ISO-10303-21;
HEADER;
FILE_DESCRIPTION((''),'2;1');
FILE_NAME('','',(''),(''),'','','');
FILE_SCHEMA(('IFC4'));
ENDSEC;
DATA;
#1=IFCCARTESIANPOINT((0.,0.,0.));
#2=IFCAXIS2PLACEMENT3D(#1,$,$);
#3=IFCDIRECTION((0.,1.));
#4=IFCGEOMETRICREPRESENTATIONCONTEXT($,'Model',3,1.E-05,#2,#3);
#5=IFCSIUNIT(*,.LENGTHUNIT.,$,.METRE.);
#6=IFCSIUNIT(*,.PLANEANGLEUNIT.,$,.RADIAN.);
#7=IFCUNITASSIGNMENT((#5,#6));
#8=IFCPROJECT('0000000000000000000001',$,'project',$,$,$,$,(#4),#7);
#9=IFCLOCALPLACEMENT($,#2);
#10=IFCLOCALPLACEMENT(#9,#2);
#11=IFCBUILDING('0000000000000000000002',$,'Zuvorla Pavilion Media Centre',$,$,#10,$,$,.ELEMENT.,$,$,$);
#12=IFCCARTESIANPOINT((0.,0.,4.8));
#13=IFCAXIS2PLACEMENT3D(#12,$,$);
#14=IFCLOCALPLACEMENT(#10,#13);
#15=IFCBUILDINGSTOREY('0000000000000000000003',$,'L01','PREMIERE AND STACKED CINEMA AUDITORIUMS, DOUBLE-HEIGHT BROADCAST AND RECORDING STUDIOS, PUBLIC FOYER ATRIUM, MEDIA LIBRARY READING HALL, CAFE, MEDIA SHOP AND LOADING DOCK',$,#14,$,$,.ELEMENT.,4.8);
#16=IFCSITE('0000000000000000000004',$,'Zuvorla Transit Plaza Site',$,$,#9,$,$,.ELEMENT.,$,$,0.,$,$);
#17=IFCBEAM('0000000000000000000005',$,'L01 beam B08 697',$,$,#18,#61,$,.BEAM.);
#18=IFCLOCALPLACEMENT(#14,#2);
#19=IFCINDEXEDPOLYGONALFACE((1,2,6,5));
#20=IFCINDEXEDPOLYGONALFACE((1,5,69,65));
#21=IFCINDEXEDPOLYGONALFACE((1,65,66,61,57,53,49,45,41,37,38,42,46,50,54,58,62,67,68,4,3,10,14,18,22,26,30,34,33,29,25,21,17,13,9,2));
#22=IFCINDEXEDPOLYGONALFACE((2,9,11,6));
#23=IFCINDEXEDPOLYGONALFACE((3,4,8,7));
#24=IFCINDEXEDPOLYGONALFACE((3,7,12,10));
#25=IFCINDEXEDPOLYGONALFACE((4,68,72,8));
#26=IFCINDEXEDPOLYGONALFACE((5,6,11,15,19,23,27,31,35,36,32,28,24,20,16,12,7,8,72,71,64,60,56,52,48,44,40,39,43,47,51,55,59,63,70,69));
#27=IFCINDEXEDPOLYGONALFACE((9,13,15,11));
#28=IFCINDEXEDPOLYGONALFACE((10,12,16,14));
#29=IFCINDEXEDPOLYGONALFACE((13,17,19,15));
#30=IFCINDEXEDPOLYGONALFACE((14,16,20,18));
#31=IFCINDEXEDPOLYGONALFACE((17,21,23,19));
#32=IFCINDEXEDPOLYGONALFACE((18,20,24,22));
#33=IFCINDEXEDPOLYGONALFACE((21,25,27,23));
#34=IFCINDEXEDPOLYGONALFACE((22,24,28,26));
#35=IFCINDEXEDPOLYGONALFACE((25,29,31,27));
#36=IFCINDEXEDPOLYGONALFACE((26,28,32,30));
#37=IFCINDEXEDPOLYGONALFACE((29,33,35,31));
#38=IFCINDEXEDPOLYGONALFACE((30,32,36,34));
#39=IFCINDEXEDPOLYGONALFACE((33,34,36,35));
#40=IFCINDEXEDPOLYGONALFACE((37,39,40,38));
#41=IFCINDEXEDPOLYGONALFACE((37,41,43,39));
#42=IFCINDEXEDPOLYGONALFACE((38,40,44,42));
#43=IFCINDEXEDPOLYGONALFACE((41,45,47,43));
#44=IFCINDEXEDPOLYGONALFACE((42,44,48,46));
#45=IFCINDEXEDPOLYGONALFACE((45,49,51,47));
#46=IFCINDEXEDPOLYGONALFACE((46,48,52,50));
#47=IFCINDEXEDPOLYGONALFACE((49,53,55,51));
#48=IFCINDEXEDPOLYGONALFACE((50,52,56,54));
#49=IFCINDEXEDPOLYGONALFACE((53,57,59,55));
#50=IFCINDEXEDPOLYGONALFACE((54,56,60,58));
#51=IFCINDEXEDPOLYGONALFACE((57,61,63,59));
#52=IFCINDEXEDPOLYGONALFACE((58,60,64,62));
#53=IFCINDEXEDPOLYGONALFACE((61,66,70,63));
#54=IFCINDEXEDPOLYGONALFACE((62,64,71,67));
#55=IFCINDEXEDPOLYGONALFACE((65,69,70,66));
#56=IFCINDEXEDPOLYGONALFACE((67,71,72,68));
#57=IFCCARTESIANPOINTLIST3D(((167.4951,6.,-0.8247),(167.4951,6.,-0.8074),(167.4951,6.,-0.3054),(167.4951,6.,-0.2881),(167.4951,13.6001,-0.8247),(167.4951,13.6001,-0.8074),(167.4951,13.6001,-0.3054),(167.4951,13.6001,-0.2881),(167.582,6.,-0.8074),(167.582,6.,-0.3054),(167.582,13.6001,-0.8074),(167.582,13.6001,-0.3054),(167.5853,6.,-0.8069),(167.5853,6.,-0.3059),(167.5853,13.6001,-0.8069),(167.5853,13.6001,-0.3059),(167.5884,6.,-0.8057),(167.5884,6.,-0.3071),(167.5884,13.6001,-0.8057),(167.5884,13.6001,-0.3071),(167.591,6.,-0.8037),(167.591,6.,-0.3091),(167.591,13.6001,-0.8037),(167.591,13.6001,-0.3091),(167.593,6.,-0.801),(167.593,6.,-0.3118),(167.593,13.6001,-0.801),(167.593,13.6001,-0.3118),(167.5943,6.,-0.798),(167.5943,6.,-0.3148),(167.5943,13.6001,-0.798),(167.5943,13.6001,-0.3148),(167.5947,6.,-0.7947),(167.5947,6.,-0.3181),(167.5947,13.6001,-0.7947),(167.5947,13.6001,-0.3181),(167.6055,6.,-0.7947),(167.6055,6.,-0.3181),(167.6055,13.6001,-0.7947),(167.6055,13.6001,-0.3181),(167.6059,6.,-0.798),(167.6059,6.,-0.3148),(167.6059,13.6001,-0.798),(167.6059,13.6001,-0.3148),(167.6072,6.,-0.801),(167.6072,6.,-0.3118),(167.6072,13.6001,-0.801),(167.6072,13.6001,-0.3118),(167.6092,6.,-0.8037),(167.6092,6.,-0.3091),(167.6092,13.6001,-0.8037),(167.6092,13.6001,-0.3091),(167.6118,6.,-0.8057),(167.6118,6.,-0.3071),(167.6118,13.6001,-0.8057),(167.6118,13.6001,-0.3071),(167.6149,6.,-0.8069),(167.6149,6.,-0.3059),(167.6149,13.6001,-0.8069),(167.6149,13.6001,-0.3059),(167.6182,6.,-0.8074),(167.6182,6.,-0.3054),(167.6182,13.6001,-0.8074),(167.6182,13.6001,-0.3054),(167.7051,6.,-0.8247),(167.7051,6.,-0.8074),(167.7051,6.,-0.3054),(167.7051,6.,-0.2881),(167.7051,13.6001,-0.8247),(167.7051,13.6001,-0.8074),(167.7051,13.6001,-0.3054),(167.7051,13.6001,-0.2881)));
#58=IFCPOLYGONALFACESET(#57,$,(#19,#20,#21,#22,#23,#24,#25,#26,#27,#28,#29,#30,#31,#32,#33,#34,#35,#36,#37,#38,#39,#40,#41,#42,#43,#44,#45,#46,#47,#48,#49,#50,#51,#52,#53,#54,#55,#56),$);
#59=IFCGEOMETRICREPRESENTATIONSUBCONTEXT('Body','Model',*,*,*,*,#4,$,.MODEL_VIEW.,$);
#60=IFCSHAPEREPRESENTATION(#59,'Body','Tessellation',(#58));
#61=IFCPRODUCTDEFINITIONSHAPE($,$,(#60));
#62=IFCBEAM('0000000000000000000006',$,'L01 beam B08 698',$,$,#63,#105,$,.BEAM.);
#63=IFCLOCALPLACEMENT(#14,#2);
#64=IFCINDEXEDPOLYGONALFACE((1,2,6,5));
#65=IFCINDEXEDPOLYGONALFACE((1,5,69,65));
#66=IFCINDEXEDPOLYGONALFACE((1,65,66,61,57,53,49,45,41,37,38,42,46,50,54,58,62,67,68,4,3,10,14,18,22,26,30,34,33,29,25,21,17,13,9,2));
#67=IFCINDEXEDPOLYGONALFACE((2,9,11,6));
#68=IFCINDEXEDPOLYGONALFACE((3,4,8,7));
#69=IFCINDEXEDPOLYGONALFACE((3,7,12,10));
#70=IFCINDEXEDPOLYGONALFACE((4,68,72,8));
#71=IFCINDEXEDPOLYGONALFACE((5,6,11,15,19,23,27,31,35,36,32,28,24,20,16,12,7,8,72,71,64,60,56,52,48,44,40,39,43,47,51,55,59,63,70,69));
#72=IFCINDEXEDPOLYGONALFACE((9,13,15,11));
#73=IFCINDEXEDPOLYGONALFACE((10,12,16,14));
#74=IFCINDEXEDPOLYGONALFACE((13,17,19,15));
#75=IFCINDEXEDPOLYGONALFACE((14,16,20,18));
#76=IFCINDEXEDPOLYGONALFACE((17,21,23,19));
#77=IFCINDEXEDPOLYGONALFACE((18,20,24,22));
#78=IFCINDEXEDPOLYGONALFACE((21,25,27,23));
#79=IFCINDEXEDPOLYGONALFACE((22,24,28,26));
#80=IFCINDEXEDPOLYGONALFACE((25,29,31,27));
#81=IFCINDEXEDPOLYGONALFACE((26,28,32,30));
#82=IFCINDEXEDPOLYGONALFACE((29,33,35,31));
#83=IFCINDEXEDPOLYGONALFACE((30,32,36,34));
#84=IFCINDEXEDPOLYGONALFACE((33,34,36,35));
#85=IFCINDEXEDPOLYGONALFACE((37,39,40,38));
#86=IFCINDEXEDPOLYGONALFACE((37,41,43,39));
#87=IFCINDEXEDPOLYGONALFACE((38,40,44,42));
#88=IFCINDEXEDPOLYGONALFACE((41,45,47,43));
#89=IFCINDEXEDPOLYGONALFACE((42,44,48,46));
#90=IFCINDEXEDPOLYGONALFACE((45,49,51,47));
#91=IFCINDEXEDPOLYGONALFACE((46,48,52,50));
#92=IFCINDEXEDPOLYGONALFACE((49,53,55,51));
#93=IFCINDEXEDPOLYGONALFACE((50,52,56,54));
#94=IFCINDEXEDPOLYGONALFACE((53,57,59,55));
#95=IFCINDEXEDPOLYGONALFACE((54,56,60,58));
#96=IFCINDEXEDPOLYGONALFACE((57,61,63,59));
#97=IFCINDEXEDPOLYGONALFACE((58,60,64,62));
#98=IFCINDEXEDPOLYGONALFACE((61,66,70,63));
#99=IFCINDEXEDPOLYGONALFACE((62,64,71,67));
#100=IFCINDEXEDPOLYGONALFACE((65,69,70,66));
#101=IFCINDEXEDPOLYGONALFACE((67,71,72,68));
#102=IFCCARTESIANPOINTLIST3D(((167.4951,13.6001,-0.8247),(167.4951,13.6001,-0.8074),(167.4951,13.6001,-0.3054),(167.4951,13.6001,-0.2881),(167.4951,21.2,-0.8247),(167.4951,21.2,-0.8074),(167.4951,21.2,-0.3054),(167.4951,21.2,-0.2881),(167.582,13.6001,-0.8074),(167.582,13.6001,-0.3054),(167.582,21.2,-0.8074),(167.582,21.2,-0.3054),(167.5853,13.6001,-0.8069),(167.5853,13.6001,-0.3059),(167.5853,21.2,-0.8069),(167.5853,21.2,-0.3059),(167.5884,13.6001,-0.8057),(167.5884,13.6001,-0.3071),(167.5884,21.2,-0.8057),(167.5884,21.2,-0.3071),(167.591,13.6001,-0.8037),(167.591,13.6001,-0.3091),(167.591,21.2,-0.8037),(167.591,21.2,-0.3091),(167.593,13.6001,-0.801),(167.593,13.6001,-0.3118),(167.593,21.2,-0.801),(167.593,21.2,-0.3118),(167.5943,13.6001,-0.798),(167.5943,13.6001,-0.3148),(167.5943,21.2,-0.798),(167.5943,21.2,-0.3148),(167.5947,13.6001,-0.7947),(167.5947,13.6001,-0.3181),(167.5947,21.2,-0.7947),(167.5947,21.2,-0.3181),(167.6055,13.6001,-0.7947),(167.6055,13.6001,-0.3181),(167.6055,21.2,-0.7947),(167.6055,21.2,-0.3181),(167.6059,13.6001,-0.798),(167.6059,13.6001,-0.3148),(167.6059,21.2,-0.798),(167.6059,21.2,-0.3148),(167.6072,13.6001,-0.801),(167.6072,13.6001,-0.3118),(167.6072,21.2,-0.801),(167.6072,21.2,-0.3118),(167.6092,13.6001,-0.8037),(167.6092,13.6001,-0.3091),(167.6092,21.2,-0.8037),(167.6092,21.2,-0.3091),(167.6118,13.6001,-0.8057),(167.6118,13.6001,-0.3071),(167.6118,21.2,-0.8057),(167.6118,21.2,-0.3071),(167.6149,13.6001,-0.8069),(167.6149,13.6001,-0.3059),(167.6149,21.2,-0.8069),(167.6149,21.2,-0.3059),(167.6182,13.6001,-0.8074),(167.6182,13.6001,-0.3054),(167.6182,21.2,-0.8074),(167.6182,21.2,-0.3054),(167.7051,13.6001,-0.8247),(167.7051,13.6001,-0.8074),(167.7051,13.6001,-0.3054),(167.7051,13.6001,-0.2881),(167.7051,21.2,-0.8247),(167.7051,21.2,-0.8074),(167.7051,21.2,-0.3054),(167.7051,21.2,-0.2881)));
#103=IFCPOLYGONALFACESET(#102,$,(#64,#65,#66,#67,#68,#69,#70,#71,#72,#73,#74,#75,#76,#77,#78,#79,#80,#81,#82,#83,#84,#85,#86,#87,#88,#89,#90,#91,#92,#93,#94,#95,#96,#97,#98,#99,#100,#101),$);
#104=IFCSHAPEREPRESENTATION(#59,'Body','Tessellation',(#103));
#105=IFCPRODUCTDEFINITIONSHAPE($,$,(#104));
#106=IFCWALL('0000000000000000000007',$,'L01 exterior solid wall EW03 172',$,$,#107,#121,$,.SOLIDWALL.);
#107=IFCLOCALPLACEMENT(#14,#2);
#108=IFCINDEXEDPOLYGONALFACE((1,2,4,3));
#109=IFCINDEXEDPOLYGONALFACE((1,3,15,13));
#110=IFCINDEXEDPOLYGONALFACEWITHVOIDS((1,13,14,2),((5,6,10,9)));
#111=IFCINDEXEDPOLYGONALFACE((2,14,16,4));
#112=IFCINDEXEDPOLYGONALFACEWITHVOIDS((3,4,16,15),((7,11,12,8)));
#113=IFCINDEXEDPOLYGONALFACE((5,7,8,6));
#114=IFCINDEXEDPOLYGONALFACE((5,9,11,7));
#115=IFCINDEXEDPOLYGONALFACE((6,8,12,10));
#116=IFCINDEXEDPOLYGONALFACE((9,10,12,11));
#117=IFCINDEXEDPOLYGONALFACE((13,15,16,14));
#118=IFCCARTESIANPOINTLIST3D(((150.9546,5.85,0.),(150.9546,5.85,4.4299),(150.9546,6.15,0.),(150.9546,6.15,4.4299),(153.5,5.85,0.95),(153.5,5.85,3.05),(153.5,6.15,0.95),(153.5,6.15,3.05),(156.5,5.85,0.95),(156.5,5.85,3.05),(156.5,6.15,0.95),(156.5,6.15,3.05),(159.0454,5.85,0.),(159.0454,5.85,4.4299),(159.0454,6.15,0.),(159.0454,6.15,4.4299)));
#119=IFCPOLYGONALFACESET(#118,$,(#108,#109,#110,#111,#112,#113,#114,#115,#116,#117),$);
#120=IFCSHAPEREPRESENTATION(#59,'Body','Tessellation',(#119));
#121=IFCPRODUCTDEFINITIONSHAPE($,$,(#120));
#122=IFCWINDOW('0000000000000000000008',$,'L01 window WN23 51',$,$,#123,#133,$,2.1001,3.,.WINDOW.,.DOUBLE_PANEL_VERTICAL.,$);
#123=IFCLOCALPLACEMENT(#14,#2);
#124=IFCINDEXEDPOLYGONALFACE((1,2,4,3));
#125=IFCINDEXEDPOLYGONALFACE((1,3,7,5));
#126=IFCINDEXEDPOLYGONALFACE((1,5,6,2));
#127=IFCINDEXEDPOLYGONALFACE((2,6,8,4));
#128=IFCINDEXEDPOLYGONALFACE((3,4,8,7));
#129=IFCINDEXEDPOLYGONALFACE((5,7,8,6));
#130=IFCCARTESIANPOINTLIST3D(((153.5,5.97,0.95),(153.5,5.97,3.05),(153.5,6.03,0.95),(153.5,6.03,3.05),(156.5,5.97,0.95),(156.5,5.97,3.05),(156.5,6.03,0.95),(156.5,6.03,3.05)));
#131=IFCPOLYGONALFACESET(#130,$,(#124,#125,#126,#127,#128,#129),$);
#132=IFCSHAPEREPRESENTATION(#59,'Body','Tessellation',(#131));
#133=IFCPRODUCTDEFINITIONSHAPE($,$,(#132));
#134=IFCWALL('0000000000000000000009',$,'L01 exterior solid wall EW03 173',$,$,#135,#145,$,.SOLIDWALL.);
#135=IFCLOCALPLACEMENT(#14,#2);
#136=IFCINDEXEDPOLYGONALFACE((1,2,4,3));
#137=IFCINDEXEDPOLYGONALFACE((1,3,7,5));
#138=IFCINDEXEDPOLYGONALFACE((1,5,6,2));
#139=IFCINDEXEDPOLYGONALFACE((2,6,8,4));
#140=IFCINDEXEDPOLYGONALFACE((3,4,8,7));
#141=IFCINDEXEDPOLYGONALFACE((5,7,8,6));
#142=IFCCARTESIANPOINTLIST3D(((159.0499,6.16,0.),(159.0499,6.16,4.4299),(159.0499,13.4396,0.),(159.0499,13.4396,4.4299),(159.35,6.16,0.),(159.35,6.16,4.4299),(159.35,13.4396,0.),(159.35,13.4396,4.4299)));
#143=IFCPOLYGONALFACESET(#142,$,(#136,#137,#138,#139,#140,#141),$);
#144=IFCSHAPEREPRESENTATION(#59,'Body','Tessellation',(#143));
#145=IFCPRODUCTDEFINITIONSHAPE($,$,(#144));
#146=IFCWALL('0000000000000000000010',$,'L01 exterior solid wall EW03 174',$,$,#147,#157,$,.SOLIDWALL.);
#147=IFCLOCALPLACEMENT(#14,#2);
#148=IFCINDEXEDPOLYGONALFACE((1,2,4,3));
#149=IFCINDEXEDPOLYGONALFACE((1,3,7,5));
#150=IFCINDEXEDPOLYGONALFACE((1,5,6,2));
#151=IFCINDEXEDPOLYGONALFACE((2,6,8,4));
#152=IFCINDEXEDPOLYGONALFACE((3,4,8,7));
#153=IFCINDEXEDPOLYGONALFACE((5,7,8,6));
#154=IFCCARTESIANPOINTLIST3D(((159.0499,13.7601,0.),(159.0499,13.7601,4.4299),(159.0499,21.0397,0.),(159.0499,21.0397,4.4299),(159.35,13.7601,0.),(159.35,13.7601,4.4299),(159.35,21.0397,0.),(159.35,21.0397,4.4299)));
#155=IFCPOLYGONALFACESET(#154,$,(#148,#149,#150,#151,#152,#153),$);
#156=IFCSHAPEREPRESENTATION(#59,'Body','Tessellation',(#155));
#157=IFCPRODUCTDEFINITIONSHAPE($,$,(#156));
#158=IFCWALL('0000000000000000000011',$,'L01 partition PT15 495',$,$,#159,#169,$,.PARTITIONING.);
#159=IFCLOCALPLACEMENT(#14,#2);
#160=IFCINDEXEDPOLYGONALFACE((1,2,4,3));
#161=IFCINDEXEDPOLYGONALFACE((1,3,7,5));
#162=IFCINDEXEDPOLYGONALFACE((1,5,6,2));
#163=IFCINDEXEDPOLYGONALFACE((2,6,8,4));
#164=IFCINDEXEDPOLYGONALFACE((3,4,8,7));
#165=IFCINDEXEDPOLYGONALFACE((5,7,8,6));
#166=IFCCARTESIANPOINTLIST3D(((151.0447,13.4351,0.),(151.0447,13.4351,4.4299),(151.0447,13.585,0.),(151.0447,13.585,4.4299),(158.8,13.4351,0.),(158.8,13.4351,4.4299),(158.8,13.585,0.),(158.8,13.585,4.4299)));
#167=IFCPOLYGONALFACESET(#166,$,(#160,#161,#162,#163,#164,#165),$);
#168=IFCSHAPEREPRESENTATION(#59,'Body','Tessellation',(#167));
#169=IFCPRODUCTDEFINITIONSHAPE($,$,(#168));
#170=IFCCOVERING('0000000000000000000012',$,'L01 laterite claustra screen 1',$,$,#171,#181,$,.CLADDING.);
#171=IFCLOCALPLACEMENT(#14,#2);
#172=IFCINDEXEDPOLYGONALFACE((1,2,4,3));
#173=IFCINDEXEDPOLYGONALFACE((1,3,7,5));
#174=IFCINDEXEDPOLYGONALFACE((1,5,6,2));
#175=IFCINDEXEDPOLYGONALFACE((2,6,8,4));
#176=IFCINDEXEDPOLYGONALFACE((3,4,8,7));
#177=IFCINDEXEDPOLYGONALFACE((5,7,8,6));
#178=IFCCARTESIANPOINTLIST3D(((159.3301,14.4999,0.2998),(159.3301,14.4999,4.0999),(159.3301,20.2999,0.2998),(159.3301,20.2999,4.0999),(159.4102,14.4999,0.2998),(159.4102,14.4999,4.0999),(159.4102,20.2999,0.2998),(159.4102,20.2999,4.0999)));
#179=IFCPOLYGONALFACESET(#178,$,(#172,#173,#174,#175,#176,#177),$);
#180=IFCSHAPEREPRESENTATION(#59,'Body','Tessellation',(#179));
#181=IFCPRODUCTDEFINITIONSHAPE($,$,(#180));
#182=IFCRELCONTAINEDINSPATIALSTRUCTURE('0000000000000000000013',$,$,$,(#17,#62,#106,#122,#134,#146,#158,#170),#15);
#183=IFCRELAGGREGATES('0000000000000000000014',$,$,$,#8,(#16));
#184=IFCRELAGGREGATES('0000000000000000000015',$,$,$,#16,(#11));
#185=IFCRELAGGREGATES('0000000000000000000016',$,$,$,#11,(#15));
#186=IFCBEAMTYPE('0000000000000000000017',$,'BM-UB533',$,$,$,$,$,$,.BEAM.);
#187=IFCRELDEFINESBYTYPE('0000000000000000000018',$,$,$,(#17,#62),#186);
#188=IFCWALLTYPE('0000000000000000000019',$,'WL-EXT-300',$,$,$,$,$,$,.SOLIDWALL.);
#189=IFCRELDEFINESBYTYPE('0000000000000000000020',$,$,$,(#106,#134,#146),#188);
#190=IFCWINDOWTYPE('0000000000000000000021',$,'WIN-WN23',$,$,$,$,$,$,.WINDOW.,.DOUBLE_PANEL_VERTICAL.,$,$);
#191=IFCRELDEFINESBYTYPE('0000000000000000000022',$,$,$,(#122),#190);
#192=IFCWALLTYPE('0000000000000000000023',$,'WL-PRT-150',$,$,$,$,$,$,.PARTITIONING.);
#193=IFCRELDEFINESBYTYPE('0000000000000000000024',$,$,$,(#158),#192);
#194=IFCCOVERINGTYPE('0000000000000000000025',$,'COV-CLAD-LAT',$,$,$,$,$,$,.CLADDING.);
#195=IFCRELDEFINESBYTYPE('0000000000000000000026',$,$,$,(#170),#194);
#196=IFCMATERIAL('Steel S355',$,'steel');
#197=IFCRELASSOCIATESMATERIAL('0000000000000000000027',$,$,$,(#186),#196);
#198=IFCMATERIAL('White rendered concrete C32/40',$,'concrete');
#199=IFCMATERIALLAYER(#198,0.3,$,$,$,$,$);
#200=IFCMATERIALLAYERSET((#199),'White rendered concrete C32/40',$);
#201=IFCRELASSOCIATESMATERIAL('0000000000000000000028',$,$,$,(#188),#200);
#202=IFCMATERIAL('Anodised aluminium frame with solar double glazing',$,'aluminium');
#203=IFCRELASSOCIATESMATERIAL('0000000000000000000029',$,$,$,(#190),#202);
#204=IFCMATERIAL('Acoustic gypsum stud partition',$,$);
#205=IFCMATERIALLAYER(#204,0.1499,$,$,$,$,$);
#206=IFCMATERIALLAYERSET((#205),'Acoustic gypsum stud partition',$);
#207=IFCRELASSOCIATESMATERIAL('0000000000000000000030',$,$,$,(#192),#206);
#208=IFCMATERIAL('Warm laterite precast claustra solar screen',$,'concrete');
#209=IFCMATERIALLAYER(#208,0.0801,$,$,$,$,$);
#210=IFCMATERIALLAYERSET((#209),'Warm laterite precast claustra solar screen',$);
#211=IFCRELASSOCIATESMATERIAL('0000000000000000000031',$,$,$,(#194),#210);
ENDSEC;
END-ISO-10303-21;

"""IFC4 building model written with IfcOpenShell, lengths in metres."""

from ifc_helpers import new_model, si_unit, direction, frame, frame_2d, origin, origin_2d, place, context, subcontext, project, spatial, rectangle, i_section, extrude, material, layer, layer_set, material_profile, profile_set, type_object, element, fill, save


model = new_model("IFC4")

# Units and contexts
model_context = context("Model", 3, precision=1e-05, world=origin(), true_north=direction((0.0, 1.0)))
body_context = subcontext(model_context, "Body", "Model", "MODEL_VIEW")
ifc_project = project(units=[si_unit("LENGTHUNIT", "METRE"), si_unit("PLANEANGLEUNIT", "RADIAN")], contexts=[model_context])

# Site, building, storey
site_placement = place(None, origin())
site = spatial("IfcSite", under=ifc_project, at=site_placement, Name="Zuvorla Transit Plaza Site", CompositionType="ELEMENT", RefElevation=0.0)
building_placement = place(site_placement, origin())
building = spatial("IfcBuilding", under=site, at=building_placement, Name="Zuvorla Pavilion Media Centre", CompositionType="ELEMENT")
storey_placement = place(building_placement, frame((0.0, 0.0, 4.8)))
storey = spatial("IfcBuildingStorey", under=building, at=storey_placement, Name="L01", Description="PREMIERE AND STACKED CINEMA AUDITORIUMS, DOUBLE-HEIGHT BROADCAST AND RECORDING STUDIOS, PUBLIC FOYER ATRIUM, MEDIA LIBRARY READING HALL, CAFE, MEDIA SHOP AND LOADING DOCK", CompositionType="ELEMENT", Elevation=4.8)

# Shared definitions
ifc_material_1 = material(Name="Steel S355", Category="steel")

# Beams
ifc_material_profile_1 = material_profile(ifc_material_1, i_section(OverallWidth=0.21, OverallDepth=0.5366, WebThickness=0.0107, FlangeThickness=0.0173, FilletRadius=0.0127, at=origin_2d()), Name="UB 533x210x101")
ifc_profile_set_1 = profile_set([ifc_material_profile_1], Name="Steel S355")
beam_type_1 = type_object("IfcBeamType", Name="BM-UB533", PredefinedType="BEAM", material=ifc_profile_set_1)
beam_1_placement = place(storey_placement, frame((167.6001, 6.0, -0.5564), z_axis=(0.0, 1.0, 0.0), x_axis=(-1.0, 0.0, 0.0)))
element("IfcBeam", 1, at=beam_1_placement, inside=storey, type_object=beam_type_1, Name="L01 beam B08 697", PredefinedType="BEAM", context=body_context, shape_type="SweptSolid", body=[
    extrude(i_section(OverallWidth=0.21, OverallDepth=0.5366, WebThickness=0.0107, FlangeThickness=0.0173, FilletRadius=0.0127, at=origin_2d()), origin(), (0.0, 0.0, 1.0), 7.6001),
])
beam_2_placement = place(storey_placement, frame((167.6001, 13.6001, -0.5564), z_axis=(0.0, 1.0, 0.0), x_axis=(-1.0, 0.0, 0.0)))
element("IfcBeam", 2, at=beam_2_placement, inside=storey, type_object=beam_type_1, Name="L01 beam B08 698", PredefinedType="BEAM", context=body_context, shape_type="SweptSolid", body=[
    extrude(i_section(OverallWidth=0.21, OverallDepth=0.5366, WebThickness=0.0107, FlangeThickness=0.0173, FilletRadius=0.0127, at=origin_2d()), origin(), (0.0, 0.0, 1.0), 7.5999),
])

# Wall, opening, window
ifc_material_2 = material(Name="White rendered concrete C32/40", Category="concrete")
ifc_layer_1 = layer(ifc_material_2, 0.3)
ifc_layer_set_1 = layer_set([ifc_layer_1], Name="White rendered concrete C32/40")
wall_type_1 = type_object("IfcWallType", Name="WL-EXT-300", PredefinedType="SOLIDWALL", material=ifc_layer_set_1)
wall_1_placement = place(storey_placement, frame((150.9546, 6.0, 0.0), z_axis=(0.0, 0.0, 1.0), x_axis=(1.0, 0.0, 0.0)))
wall_1 = element("IfcWall", 3, at=wall_1_placement, inside=storey, type_object=wall_type_1, Name="L01 exterior solid wall EW03 172", PredefinedType="SOLIDWALL", context=body_context, shape_type="SweptSolid", body=[
    extrude(rectangle(XDim=8.0908, YDim=0.3, at=frame_2d((4.0454, 0.0))), origin(), (0.0, 0.0, 1.0), 4.4299),
])
opening_placement = place(wall_1_placement, frame((2.5454, 0.0, 0.95)))
opening = element("IfcOpeningElement", 4, at=opening_placement, cuts=wall_1, PredefinedType="OPENING", context=body_context, shape_type="SweptSolid", body=[
    extrude(rectangle(XDim=3.0, YDim=2.1001, at=frame_2d((1.5, 1.05))), frame((0.0, 0.1599, 0.0), z_axis=(0.0, -1.0, 0.0), x_axis=(1.0, 0.0, 0.0)), (0.0, 0.0, 1.0), 0.3201),
])
ifc_material_3 = material(Name="Anodised aluminium frame with solar double glazing", Category="aluminium")
window_type = type_object("IfcWindowType", Name="WIN-WN23", PartitioningType="DOUBLE_PANEL_VERTICAL", PredefinedType="WINDOW", material=ifc_material_3)
window_placement = place(opening_placement, origin())
window = element("IfcWindow", 5, at=window_placement, inside=storey, type_object=window_type, Name="L01 window WN23 51", OverallHeight=2.1001, OverallWidth=3.0, PartitioningType="DOUBLE_PANEL_VERTICAL", PredefinedType="WINDOW", context=body_context, shape_type="SweptSolid", body=[
    extrude(rectangle(XDim=3.0, YDim=2.1001, at=frame_2d((1.5, 1.05))), frame((0.0, 0.03, 0.0), z_axis=(0.0, -1.0, 0.0), x_axis=(1.0, 0.0, 0.0)), (0.0, 0.0, 1.0), 0.0601),
])
fill(opening, window)

# Walls
for number, where, z_axis, x_axis, name in (
    (6, (159.2, 6.1602, 0.0), (0.0, 0.0, 1.0), (0.0, 1.0, 0.0), "L01 exterior solid wall EW03 173"),
    (7, (159.2, 13.7603, 0.0), (0.0, 0.0, 1.0), (0.0, 1.0, 0.0), "L01 exterior solid wall EW03 174"),
):
    element("IfcWall", number, at=place(storey_placement, frame(where, z_axis=z_axis, x_axis=x_axis)), inside=storey, type_object=wall_type_1, Name=name, PredefinedType="SOLIDWALL", context=body_context, shape_type="SweptSolid", body=[
        extrude(rectangle(XDim=7.2795, YDim=0.3, at=frame_2d((3.6396, 0.0))), origin(), (0.0, 0.0, 1.0), 4.4299),
    ])
ifc_material_4 = material(Name="Acoustic gypsum stud partition")
ifc_layer_2 = layer(ifc_material_4, 0.1499)
ifc_layer_set_2 = layer_set([ifc_layer_2], Name="Acoustic gypsum stud partition")
wall_type_2 = type_object("IfcWallType", Name="WL-PRT-150", PredefinedType="PARTITIONING", material=ifc_layer_set_2)
wall_2_placement = place(storey_placement, frame((151.0447, 13.51, 0.0), z_axis=(0.0, 0.0, 1.0), x_axis=(1.0, 0.0, 0.0)))
element("IfcWall", 8, at=wall_2_placement, inside=storey, type_object=wall_type_2, Name="L01 partition PT15 495", PredefinedType="PARTITIONING", context=body_context, shape_type="SweptSolid", body=[
    extrude(rectangle(XDim=7.7554, YDim=0.1499, at=frame_2d((3.8777, 0.0))), origin(), (0.0, 0.0, 1.0), 4.4299),
])

# Covering
ifc_material_5 = material(Name="Warm laterite precast claustra solar screen", Category="concrete")
ifc_layer_3 = layer(ifc_material_5, 0.0801)
ifc_layer_set_3 = layer_set([ifc_layer_3], Name="Warm laterite precast claustra solar screen")
covering_type = type_object("IfcCoveringType", Name="COV-CLAD-LAT", PredefinedType="CLADDING", material=ifc_layer_set_3)
covering_placement = place(storey_placement, frame((159.3701, 17.3999, 0.2998), z_axis=(0.0, 0.0, 1.0), x_axis=(1.0, 0.0, 0.0)))
element("IfcCovering", 9, at=covering_placement, inside=storey, type_object=covering_type, Name="L01 laterite claustra screen 1", PredefinedType="CLADDING", context=body_context, shape_type="SweptSolid", body=[
    extrude(rectangle(XDim=0.0801, YDim=5.8, at=origin_2d()), origin(), (0.0, 0.0, 1.0), 3.8),
])

save(model, "model.ifc")
